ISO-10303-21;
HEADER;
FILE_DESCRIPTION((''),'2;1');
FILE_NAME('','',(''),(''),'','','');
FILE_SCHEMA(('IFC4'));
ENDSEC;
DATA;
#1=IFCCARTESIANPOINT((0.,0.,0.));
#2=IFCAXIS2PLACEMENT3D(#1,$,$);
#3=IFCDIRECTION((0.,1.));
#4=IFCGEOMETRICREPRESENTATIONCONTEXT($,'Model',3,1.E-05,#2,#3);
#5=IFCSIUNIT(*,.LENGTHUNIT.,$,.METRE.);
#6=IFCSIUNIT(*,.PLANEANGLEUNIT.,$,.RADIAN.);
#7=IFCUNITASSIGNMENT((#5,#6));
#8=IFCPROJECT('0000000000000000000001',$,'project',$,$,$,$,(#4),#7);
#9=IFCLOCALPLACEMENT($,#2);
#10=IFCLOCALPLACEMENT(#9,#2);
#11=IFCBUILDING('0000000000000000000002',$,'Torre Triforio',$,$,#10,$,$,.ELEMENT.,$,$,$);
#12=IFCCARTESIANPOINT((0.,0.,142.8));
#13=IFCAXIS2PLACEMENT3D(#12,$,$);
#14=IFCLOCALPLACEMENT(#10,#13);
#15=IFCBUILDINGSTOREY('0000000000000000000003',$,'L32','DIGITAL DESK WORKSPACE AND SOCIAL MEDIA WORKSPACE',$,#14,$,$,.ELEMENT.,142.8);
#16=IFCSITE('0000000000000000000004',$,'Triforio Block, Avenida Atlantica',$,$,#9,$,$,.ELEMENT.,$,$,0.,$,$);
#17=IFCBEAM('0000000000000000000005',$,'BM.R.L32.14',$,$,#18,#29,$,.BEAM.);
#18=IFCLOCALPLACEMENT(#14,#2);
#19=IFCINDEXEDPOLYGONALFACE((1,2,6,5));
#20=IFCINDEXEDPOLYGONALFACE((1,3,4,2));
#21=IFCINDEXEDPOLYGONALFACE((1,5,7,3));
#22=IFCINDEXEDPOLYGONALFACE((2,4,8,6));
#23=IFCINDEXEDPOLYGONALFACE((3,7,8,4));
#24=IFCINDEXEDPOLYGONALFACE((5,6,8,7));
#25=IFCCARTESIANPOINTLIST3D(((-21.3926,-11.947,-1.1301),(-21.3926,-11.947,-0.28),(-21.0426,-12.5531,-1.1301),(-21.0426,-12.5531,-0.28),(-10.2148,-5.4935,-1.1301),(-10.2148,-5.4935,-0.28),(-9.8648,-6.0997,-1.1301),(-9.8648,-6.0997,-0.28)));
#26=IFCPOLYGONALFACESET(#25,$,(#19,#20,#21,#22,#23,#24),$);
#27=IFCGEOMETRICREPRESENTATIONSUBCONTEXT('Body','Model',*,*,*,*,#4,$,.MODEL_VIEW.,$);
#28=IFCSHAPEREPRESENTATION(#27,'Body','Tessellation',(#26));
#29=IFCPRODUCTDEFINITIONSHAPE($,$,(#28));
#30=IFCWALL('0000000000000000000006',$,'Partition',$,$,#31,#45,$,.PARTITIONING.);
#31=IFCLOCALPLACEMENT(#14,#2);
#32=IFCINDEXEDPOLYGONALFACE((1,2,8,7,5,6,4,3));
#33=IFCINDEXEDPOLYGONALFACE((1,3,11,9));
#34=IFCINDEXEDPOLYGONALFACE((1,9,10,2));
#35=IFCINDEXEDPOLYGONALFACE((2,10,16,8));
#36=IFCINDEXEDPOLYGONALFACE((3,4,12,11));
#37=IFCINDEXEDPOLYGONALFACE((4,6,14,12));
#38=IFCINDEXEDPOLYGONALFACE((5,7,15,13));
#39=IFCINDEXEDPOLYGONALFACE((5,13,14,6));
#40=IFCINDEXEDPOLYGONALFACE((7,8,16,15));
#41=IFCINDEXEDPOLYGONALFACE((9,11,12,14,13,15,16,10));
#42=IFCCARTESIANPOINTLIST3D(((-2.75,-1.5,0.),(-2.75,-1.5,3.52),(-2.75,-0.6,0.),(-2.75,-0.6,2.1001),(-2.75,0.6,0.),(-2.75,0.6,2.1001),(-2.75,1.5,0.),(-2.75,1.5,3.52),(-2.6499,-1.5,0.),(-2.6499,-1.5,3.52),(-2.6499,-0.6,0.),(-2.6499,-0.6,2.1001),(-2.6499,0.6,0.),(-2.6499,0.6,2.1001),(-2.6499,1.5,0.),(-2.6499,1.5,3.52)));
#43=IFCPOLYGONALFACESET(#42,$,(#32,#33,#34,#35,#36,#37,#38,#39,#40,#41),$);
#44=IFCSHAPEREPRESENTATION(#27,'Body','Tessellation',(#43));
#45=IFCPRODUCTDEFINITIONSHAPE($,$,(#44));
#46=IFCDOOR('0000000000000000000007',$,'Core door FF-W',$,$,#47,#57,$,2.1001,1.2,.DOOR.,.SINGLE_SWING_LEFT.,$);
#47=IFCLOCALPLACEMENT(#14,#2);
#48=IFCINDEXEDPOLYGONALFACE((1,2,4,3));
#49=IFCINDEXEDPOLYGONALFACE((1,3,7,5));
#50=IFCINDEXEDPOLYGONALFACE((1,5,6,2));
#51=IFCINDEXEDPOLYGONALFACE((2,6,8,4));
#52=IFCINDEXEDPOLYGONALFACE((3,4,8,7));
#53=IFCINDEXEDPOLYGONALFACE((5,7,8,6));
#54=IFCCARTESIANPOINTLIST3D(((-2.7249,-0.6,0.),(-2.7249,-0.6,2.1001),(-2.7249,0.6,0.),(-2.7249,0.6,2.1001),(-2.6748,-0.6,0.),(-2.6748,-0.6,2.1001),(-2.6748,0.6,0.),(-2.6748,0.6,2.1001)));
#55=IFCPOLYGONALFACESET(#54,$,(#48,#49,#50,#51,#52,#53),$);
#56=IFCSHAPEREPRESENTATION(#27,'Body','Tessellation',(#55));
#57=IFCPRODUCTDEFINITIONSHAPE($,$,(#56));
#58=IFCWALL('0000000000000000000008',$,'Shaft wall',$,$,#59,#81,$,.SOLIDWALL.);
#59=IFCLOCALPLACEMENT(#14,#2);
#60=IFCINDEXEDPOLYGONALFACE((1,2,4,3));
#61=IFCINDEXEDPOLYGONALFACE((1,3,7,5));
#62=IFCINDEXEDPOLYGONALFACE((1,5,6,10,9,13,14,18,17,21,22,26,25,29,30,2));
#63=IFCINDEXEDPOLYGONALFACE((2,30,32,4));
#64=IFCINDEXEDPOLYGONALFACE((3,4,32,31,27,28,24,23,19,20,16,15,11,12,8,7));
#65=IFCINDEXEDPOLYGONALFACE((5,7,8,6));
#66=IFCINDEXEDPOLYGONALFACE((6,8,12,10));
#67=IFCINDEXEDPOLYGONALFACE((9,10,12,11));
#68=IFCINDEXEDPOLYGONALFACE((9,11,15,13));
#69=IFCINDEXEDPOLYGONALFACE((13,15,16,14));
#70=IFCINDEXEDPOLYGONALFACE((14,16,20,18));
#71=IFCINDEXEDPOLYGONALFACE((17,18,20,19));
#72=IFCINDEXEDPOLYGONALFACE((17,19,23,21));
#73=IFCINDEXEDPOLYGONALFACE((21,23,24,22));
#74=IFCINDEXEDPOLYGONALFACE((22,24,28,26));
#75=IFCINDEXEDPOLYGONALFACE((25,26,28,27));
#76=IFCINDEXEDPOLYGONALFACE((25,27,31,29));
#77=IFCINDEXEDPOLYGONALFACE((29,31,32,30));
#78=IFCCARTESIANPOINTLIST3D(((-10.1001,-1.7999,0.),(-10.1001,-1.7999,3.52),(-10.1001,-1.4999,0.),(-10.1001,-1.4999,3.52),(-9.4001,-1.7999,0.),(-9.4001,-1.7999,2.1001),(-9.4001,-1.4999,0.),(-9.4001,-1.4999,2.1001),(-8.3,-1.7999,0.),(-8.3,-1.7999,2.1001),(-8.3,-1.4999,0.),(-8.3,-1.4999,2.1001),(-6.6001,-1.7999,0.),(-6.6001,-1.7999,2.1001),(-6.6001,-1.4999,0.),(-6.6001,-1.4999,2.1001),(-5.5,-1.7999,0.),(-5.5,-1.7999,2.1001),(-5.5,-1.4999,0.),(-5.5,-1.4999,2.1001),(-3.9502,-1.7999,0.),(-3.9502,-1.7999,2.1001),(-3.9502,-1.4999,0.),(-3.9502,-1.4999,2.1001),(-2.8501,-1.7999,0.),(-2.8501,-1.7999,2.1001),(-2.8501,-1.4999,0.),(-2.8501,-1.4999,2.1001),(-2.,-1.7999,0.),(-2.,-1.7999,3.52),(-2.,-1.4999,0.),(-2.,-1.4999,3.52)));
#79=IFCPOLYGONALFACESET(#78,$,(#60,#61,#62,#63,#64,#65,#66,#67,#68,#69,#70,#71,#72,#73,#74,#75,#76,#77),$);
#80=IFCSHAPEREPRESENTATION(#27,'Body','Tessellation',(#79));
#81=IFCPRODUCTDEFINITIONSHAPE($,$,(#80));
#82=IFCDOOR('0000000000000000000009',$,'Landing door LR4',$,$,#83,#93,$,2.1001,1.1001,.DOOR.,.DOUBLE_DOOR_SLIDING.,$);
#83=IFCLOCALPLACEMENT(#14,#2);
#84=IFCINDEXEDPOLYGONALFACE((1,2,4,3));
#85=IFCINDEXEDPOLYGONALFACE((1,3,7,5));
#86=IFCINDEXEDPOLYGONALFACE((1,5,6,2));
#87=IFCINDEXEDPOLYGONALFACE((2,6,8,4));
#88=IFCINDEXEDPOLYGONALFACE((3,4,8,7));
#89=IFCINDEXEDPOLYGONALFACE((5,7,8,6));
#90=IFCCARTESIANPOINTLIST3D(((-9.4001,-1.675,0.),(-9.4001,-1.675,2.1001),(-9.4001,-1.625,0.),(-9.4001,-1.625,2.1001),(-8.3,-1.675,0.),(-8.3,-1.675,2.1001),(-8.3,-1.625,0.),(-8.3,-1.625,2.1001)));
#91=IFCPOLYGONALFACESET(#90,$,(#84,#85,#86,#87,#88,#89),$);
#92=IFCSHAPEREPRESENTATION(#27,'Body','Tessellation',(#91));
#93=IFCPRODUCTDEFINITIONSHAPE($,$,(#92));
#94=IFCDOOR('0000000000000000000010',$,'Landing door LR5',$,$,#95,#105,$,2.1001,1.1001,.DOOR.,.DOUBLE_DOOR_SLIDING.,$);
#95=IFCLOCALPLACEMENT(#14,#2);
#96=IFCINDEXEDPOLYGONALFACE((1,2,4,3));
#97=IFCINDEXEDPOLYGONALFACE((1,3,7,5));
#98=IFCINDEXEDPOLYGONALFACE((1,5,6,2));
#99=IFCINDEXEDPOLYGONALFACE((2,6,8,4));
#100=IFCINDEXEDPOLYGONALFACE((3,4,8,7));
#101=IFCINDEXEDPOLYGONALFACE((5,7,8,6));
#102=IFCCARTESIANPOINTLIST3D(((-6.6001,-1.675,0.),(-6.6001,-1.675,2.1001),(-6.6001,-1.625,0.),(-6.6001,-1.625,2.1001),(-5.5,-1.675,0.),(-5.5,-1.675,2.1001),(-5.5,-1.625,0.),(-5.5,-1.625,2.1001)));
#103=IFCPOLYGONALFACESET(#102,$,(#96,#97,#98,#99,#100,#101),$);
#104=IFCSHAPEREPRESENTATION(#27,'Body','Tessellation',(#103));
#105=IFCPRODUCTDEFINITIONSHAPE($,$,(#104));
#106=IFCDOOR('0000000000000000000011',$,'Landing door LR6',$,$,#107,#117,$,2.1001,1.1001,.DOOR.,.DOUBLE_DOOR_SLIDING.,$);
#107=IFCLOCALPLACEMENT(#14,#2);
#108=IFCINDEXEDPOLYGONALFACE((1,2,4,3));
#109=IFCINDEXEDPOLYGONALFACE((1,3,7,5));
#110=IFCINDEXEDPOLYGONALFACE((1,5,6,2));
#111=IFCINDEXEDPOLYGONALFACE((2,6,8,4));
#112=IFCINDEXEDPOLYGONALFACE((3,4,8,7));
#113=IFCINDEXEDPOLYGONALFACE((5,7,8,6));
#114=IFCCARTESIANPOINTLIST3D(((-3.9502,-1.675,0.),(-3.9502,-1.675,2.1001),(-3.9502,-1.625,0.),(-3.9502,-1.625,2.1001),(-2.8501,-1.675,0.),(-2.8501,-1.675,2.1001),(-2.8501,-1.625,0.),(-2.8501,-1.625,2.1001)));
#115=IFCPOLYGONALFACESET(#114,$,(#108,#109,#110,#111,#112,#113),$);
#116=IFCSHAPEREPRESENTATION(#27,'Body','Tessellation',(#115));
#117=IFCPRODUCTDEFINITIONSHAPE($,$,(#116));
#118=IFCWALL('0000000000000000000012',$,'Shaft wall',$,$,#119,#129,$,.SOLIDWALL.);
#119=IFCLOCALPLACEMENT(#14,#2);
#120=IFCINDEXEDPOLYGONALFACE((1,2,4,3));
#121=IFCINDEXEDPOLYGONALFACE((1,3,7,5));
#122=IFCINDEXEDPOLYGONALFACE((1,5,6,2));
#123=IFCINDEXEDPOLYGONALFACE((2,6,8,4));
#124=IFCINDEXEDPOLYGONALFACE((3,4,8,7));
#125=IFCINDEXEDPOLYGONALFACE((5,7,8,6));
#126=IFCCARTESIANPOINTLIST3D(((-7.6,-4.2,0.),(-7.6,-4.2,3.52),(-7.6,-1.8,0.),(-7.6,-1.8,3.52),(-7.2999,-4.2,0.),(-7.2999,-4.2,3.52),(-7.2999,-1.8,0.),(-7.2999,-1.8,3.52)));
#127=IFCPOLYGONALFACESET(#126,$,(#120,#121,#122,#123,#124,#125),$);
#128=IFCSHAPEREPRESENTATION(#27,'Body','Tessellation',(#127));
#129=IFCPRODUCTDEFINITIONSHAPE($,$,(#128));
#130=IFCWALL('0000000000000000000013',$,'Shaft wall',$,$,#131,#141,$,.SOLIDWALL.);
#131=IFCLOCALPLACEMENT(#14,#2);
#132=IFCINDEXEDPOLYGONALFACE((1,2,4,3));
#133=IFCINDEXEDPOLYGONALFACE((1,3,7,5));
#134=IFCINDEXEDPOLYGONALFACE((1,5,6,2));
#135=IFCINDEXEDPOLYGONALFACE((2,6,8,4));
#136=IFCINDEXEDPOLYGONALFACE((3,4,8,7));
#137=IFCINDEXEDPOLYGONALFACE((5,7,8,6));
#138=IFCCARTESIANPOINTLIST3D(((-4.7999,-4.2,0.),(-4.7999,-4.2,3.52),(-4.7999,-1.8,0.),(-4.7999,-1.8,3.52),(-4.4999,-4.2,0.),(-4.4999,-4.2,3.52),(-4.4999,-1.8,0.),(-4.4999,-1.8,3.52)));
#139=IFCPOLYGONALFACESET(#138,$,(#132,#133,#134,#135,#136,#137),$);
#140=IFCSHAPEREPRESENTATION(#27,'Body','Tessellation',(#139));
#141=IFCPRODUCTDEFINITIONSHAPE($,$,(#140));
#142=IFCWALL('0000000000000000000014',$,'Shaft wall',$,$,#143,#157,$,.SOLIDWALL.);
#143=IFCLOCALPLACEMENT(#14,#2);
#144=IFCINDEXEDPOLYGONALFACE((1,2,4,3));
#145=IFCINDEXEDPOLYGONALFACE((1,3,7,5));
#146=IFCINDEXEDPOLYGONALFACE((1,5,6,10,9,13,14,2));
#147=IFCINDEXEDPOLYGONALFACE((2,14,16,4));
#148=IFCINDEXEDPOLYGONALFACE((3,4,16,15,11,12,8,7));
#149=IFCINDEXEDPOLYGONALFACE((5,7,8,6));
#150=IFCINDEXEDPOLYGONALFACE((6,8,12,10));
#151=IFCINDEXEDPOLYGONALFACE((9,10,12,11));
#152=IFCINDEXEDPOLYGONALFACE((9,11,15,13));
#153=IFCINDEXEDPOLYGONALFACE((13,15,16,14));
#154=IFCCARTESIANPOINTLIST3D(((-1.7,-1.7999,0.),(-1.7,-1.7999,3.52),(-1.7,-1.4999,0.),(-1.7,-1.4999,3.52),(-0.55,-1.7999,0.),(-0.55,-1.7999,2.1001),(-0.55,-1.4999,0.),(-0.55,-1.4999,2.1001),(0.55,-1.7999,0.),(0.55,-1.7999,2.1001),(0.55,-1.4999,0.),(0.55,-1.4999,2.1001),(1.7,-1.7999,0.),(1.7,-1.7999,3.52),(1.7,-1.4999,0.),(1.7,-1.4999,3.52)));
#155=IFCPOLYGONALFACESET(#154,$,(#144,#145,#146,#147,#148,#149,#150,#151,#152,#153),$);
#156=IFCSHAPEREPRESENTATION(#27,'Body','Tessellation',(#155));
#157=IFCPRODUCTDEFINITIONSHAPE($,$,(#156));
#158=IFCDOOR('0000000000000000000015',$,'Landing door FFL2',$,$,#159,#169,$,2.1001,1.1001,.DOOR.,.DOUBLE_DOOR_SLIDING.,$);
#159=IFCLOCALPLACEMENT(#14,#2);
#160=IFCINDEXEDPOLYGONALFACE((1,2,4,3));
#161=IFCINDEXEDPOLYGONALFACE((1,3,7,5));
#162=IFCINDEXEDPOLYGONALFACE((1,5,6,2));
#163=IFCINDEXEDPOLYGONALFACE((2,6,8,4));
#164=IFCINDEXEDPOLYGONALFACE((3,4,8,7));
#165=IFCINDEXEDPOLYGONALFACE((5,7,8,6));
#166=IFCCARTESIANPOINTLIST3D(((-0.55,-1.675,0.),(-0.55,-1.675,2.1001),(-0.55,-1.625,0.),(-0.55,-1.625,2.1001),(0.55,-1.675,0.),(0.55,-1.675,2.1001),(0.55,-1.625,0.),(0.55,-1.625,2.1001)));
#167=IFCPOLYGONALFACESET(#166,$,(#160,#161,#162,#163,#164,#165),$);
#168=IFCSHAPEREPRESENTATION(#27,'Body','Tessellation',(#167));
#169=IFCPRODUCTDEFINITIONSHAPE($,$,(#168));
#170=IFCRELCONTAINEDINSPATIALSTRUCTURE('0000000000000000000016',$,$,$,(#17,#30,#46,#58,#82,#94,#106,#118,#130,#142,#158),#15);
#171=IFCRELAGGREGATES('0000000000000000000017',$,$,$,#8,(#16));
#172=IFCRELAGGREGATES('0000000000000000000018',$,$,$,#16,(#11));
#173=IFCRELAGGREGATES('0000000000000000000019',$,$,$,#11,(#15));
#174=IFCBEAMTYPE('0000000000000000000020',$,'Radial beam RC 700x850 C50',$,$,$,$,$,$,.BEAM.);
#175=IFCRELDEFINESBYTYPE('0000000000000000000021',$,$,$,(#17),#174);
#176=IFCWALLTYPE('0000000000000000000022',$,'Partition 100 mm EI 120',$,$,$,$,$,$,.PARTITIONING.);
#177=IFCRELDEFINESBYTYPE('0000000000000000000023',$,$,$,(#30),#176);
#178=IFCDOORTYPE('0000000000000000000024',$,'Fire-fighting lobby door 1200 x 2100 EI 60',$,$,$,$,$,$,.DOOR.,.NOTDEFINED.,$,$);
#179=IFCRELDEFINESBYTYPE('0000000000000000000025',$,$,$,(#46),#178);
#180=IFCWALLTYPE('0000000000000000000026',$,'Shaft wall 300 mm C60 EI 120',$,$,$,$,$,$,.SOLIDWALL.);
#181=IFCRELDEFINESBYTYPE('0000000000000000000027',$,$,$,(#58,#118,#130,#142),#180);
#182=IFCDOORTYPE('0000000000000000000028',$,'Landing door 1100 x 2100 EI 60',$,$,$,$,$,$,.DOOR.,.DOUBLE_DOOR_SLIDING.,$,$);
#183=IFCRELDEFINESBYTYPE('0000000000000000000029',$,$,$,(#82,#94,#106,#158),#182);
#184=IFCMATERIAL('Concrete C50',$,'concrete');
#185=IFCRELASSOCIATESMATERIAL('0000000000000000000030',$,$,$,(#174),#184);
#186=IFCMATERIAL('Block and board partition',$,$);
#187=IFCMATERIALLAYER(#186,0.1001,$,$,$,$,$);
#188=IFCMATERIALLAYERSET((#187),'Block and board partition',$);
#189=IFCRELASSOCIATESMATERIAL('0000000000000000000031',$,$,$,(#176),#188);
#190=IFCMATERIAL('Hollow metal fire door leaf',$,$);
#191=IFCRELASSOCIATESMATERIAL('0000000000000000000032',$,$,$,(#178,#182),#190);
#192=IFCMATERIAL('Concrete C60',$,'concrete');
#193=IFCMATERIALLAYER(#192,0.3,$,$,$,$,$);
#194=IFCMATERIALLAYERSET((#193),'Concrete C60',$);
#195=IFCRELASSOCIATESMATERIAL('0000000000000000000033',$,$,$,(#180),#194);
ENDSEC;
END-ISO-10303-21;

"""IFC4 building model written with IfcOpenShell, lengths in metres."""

from ifc_helpers import new_model, si_unit, direction, frame, frame_2d, origin, origin_2d, place, context, subcontext, project, spatial, rectangle, extrude, material, layer, layer_set, material_profile, profile_set, type_object, element, fill, save


model = new_model("IFC4")

# Units and contexts
model_context = context("Model", 3, precision=1e-05, world=origin(), true_north=direction((0.0, 1.0)))
body_context = subcontext(model_context, "Body", "Model", "MODEL_VIEW")
ifc_project = project(units=[si_unit("LENGTHUNIT", "METRE"), si_unit("PLANEANGLEUNIT", "RADIAN")], contexts=[model_context])

# Site, building, storey
site_placement = place(None, origin())
site = spatial("IfcSite", under=ifc_project, at=site_placement, Name="Triforio Block, Avenida Atlantica", CompositionType="ELEMENT", RefElevation=0.0)
building_placement = place(site_placement, origin())
building = spatial("IfcBuilding", under=site, at=building_placement, Name="Torre Triforio", CompositionType="ELEMENT")
storey_placement = place(building_placement, frame((0.0, 0.0, 142.8)))
storey = spatial("IfcBuildingStorey", under=building, at=storey_placement, Name="L32", Description="DIGITAL DESK WORKSPACE AND SOCIAL MEDIA WORKSPACE", CompositionType="ELEMENT", Elevation=142.8)

# Beam
ifc_material_1 = material(Name="Concrete C50", Category="concrete")
ifc_material_profile = material_profile(ifc_material_1, rectangle(XDim=0.7, YDim=0.8501, at=origin_2d()), Name="RC 700x850")
ifc_profile_set = profile_set([ifc_material_profile], Name="Concrete C50")
beam_type = type_object("IfcBeamType", Name="Radial beam RC 700x850 C50", PredefinedType="BEAM", material=ifc_profile_set)
beam_placement = place(storey_placement, frame((-10.0398, -5.7966, -0.7051), z_axis=(-0.866029, -0.499994, 0.0), x_axis=(0.499994, -0.866029, 0.0)))
element("IfcBeam", 1, at=beam_placement, inside=storey, type_object=beam_type, Name="BM.R.L32.14", PredefinedType="BEAM", context=body_context, shape_type="SweptSolid", body=[
    extrude(rectangle(XDim=0.7, YDim=0.8501, at=origin_2d()), origin(), (0.0, 0.0, 1.0), 12.907),
])

# Wall, opening, door
ifc_material_2 = material(Name="Block and board partition")
ifc_layer_1 = layer(ifc_material_2, 0.1001)
ifc_layer_set_1 = layer_set([ifc_layer_1], Name="Block and board partition")
wall_type_1 = type_object("IfcWallType", Name="Partition 100 mm EI 120", PredefinedType="PARTITIONING", material=ifc_layer_set_1)
wall_1_placement = place(storey_placement, frame((-2.7, -1.5, 0.0), z_axis=(0.0, 0.0, 1.0), x_axis=(0.0, 1.0, 0.0)))
wall_1 = element("IfcWall", 2, at=wall_1_placement, inside=storey, type_object=wall_type_1, Name="Partition", PredefinedType="PARTITIONING", context=body_context, shape_type="SweptSolid", body=[
    extrude(rectangle(XDim=3.0, YDim=0.1001, at=frame_2d((1.5, 0.0))), origin(), (0.0, 0.0, 1.0), 3.52),
])
opening_1_placement = place(wall_1_placement, frame((0.8999, 0.0, 0.0)))
opening_1 = element("IfcOpeningElement", 3, at=opening_1_placement, cuts=wall_1, PredefinedType="OPENING", context=body_context, shape_type="SweptSolid", body=[
    extrude(rectangle(XDim=1.2, YDim=2.1001, at=frame_2d((0.6001, 1.05))), frame((0.0, 0.0601, 0.0), z_axis=(0.0, -1.0, 0.0), x_axis=(1.0, 0.0, 0.0)), (0.0, 0.0, 1.0), 0.1201),
])
ifc_material_3 = material(Name="Hollow metal fire door leaf")
door_type_1 = type_object("IfcDoorType", Name="Fire-fighting lobby door 1200 x 2100 EI 60", OperationType="NOTDEFINED", PredefinedType="DOOR", material=ifc_material_3)
door_1_placement = place(opening_1_placement, origin())
door_1 = element("IfcDoor", 4, at=door_1_placement, inside=storey, type_object=door_type_1, Name="Core door FF-W", OperationType="SINGLE_SWING_LEFT", OverallHeight=2.1001, OverallWidth=1.2, PredefinedType="DOOR", context=body_context, shape_type="SweptSolid", body=[
    extrude(rectangle(XDim=1.2, YDim=2.1001, at=frame_2d((0.6001, 1.05))), frame((0.0, 0.0249, 0.0), z_axis=(0.0, -1.0, 0.0), x_axis=(1.0, 0.0, 0.0)), (0.0, 0.0, 1.0), 0.05),
])
fill(opening_1, door_1)

# Wall, openings, doors
ifc_material_4 = material(Name="Concrete C60", Category="concrete")
ifc_layer_2 = layer(ifc_material_4, 0.3)
ifc_layer_set_2 = layer_set([ifc_layer_2], Name="Concrete C60")
wall_type_2 = type_object("IfcWallType", Name="Shaft wall 300 mm C60 EI 120", PredefinedType="SOLIDWALL", material=ifc_layer_set_2)
wall_2_placement = place(storey_placement, frame((-10.1001, -1.6499, 0.0), z_axis=(0.0, 0.0, 1.0), x_axis=(1.0, 0.0, 0.0)))
wall_2 = element("IfcWall", 5, at=wall_2_placement, inside=storey, type_object=wall_type_2, Name="Shaft wall", PredefinedType="SOLIDWALL", context=body_context, shape_type="SweptSolid", body=[
    extrude(rectangle(XDim=8.1001, YDim=0.3, at=frame_2d((4.05, 0.0))), origin(), (0.0, 0.0, 1.0), 3.52),
])
opening_2_placement = place(wall_2_placement, frame((0.7, 0.0, 0.0)))
opening_2 = element("IfcOpeningElement", 6, at=opening_2_placement, cuts=wall_2, PredefinedType="OPENING", context=body_context, shape_type="SweptSolid", body=[
    extrude(rectangle(XDim=1.1001, YDim=2.1001, at=frame_2d((0.55, 1.05))), frame((0.0, 0.1599, 0.0), z_axis=(0.0, -1.0, 0.0), x_axis=(1.0, 0.0, 0.0)), (0.0, 0.0, 1.0), 0.3201),
])
opening_3_placement = place(wall_2_placement, frame((3.5, 0.0, 0.0)))
opening_3 = element("IfcOpeningElement", 7, at=opening_3_placement, cuts=wall_2, PredefinedType="OPENING", context=body_context, shape_type="SweptSolid", body=[
    extrude(rectangle(XDim=1.1001, YDim=2.1001, at=frame_2d((0.55, 1.05))), frame((0.0, 0.1599, 0.0), z_axis=(0.0, -1.0, 0.0), x_axis=(1.0, 0.0, 0.0)), (0.0, 0.0, 1.0), 0.3201),
])
opening_4_placement = place(wall_2_placement, frame((6.1499, 0.0, 0.0)))
opening_4 = element("IfcOpeningElement", 8, at=opening_4_placement, cuts=wall_2, PredefinedType="OPENING", context=body_context, shape_type="SweptSolid", body=[
    extrude(rectangle(XDim=1.1001, YDim=2.1001, at=frame_2d((0.55, 1.05))), frame((0.0, 0.1599, 0.0), z_axis=(0.0, -1.0, 0.0), x_axis=(1.0, 0.0, 0.0)), (0.0, 0.0, 1.0), 0.3201),
])
door_type_2 = type_object("IfcDoorType", Name="Landing door 1100 x 2100 EI 60", OperationType="DOUBLE_DOOR_SLIDING", PredefinedType="DOOR", material=ifc_material_3)
door_2_placement = place(opening_2_placement, origin())
door_2 = element("IfcDoor", 9, at=door_2_placement, inside=storey, type_object=door_type_2, Name="Landing door LR4", OperationType="DOUBLE_DOOR_SLIDING", OverallHeight=2.1001, OverallWidth=1.1001, PredefinedType="DOOR", context=body_context, shape_type="SweptSolid", body=[
    extrude(rectangle(XDim=1.1001, YDim=2.1001, at=frame_2d((0.55, 1.05))), frame((0.0, 0.0249, 0.0), z_axis=(0.0, -1.0, 0.0), x_axis=(1.0, 0.0, 0.0)), (0.0, 0.0, 1.0), 0.05),
])
fill(opening_2, door_2)
door_3_placement = place(opening_3_placement, origin())
door_3 = element("IfcDoor", 10, at=door_3_placement, inside=storey, type_object=door_type_2, Name="Landing door LR5", OperationType="DOUBLE_DOOR_SLIDING", OverallHeight=2.1001, OverallWidth=1.1001, PredefinedType="DOOR", context=body_context, shape_type="SweptSolid", body=[
    extrude(rectangle(XDim=1.1001, YDim=2.1001, at=frame_2d((0.55, 1.05))), frame((0.0, 0.0249, 0.0), z_axis=(0.0, -1.0, 0.0), x_axis=(1.0, 0.0, 0.0)), (0.0, 0.0, 1.0), 0.05),
])
fill(opening_3, door_3)
door_4_placement = place(opening_4_placement, origin())
door_4 = element("IfcDoor", 11, at=door_4_placement, inside=storey, type_object=door_type_2, Name="Landing door LR6", OperationType="DOUBLE_DOOR_SLIDING", OverallHeight=2.1001, OverallWidth=1.1001, PredefinedType="DOOR", context=body_context, shape_type="SweptSolid", body=[
    extrude(rectangle(XDim=1.1001, YDim=2.1001, at=frame_2d((0.55, 1.05))), frame((0.0, 0.0249, 0.0), z_axis=(0.0, -1.0, 0.0), x_axis=(1.0, 0.0, 0.0)), (0.0, 0.0, 1.0), 0.05),
])
fill(opening_4, door_4)

# Walls
for number, where, z_axis, x_axis, name in (
    (12, (-7.45, -4.2, 0.0), (0.0, 0.0, 1.0), (0.0, 1.0, 0.0), "Shaft wall"),
    (13, (-4.6499, -4.2, 0.0), (0.0, 0.0, 1.0), (0.0, 1.0, 0.0), "Shaft wall"),
):
    element("IfcWall", number, at=place(storey_placement, frame(where, z_axis=z_axis, x_axis=x_axis)), inside=storey, type_object=wall_type_2, Name=name, PredefinedType="SOLIDWALL", context=body_context, shape_type="SweptSolid", body=[
        extrude(rectangle(XDim=2.3999, YDim=0.3, at=frame_2d((1.2, 0.0))), origin(), (0.0, 0.0, 1.0), 3.52),
    ])

# Wall, opening, door
wall_3_placement = place(storey_placement, frame((-1.7, -1.6499, 0.0), z_axis=(0.0, 0.0, 1.0), x_axis=(1.0, 0.0, 0.0)))
wall_3 = element("IfcWall", 14, at=wall_3_placement, inside=storey, type_object=wall_type_2, Name="Shaft wall", PredefinedType="SOLIDWALL", context=body_context, shape_type="SweptSolid", body=[
    extrude(rectangle(XDim=3.3999, YDim=0.3, at=frame_2d((1.7, 0.0))), origin(), (0.0, 0.0, 1.0), 3.52),
])
opening_5_placement = place(wall_3_placement, frame((1.1499, 0.0, 0.0)))
opening_5 = element("IfcOpeningElement", 15, at=opening_5_placement, cuts=wall_3, PredefinedType="OPENING", context=body_context, shape_type="SweptSolid", body=[
    extrude(rectangle(XDim=1.1001, YDim=2.1001, at=frame_2d((0.55, 1.05))), frame((0.0, 0.1599, 0.0), z_axis=(0.0, -1.0, 0.0), x_axis=(1.0, 0.0, 0.0)), (0.0, 0.0, 1.0), 0.3201),
])
door_5_placement = place(opening_5_placement, origin())
door_5 = element("IfcDoor", 16, at=door_5_placement, inside=storey, type_object=door_type_2, Name="Landing door FFL2", OperationType="DOUBLE_DOOR_SLIDING", OverallHeight=2.1001, OverallWidth=1.1001, PredefinedType="DOOR", context=body_context, shape_type="SweptSolid", body=[
    extrude(rectangle(XDim=1.1001, YDim=2.1001, at=frame_2d((0.55, 1.05))), frame((0.0, 0.0249, 0.0), z_axis=(0.0, -1.0, 0.0), x_axis=(1.0, 0.0, 0.0)), (0.0, 0.0, 1.0), 0.05),
])
fill(opening_5, door_5)

save(model, "model.ifc")
